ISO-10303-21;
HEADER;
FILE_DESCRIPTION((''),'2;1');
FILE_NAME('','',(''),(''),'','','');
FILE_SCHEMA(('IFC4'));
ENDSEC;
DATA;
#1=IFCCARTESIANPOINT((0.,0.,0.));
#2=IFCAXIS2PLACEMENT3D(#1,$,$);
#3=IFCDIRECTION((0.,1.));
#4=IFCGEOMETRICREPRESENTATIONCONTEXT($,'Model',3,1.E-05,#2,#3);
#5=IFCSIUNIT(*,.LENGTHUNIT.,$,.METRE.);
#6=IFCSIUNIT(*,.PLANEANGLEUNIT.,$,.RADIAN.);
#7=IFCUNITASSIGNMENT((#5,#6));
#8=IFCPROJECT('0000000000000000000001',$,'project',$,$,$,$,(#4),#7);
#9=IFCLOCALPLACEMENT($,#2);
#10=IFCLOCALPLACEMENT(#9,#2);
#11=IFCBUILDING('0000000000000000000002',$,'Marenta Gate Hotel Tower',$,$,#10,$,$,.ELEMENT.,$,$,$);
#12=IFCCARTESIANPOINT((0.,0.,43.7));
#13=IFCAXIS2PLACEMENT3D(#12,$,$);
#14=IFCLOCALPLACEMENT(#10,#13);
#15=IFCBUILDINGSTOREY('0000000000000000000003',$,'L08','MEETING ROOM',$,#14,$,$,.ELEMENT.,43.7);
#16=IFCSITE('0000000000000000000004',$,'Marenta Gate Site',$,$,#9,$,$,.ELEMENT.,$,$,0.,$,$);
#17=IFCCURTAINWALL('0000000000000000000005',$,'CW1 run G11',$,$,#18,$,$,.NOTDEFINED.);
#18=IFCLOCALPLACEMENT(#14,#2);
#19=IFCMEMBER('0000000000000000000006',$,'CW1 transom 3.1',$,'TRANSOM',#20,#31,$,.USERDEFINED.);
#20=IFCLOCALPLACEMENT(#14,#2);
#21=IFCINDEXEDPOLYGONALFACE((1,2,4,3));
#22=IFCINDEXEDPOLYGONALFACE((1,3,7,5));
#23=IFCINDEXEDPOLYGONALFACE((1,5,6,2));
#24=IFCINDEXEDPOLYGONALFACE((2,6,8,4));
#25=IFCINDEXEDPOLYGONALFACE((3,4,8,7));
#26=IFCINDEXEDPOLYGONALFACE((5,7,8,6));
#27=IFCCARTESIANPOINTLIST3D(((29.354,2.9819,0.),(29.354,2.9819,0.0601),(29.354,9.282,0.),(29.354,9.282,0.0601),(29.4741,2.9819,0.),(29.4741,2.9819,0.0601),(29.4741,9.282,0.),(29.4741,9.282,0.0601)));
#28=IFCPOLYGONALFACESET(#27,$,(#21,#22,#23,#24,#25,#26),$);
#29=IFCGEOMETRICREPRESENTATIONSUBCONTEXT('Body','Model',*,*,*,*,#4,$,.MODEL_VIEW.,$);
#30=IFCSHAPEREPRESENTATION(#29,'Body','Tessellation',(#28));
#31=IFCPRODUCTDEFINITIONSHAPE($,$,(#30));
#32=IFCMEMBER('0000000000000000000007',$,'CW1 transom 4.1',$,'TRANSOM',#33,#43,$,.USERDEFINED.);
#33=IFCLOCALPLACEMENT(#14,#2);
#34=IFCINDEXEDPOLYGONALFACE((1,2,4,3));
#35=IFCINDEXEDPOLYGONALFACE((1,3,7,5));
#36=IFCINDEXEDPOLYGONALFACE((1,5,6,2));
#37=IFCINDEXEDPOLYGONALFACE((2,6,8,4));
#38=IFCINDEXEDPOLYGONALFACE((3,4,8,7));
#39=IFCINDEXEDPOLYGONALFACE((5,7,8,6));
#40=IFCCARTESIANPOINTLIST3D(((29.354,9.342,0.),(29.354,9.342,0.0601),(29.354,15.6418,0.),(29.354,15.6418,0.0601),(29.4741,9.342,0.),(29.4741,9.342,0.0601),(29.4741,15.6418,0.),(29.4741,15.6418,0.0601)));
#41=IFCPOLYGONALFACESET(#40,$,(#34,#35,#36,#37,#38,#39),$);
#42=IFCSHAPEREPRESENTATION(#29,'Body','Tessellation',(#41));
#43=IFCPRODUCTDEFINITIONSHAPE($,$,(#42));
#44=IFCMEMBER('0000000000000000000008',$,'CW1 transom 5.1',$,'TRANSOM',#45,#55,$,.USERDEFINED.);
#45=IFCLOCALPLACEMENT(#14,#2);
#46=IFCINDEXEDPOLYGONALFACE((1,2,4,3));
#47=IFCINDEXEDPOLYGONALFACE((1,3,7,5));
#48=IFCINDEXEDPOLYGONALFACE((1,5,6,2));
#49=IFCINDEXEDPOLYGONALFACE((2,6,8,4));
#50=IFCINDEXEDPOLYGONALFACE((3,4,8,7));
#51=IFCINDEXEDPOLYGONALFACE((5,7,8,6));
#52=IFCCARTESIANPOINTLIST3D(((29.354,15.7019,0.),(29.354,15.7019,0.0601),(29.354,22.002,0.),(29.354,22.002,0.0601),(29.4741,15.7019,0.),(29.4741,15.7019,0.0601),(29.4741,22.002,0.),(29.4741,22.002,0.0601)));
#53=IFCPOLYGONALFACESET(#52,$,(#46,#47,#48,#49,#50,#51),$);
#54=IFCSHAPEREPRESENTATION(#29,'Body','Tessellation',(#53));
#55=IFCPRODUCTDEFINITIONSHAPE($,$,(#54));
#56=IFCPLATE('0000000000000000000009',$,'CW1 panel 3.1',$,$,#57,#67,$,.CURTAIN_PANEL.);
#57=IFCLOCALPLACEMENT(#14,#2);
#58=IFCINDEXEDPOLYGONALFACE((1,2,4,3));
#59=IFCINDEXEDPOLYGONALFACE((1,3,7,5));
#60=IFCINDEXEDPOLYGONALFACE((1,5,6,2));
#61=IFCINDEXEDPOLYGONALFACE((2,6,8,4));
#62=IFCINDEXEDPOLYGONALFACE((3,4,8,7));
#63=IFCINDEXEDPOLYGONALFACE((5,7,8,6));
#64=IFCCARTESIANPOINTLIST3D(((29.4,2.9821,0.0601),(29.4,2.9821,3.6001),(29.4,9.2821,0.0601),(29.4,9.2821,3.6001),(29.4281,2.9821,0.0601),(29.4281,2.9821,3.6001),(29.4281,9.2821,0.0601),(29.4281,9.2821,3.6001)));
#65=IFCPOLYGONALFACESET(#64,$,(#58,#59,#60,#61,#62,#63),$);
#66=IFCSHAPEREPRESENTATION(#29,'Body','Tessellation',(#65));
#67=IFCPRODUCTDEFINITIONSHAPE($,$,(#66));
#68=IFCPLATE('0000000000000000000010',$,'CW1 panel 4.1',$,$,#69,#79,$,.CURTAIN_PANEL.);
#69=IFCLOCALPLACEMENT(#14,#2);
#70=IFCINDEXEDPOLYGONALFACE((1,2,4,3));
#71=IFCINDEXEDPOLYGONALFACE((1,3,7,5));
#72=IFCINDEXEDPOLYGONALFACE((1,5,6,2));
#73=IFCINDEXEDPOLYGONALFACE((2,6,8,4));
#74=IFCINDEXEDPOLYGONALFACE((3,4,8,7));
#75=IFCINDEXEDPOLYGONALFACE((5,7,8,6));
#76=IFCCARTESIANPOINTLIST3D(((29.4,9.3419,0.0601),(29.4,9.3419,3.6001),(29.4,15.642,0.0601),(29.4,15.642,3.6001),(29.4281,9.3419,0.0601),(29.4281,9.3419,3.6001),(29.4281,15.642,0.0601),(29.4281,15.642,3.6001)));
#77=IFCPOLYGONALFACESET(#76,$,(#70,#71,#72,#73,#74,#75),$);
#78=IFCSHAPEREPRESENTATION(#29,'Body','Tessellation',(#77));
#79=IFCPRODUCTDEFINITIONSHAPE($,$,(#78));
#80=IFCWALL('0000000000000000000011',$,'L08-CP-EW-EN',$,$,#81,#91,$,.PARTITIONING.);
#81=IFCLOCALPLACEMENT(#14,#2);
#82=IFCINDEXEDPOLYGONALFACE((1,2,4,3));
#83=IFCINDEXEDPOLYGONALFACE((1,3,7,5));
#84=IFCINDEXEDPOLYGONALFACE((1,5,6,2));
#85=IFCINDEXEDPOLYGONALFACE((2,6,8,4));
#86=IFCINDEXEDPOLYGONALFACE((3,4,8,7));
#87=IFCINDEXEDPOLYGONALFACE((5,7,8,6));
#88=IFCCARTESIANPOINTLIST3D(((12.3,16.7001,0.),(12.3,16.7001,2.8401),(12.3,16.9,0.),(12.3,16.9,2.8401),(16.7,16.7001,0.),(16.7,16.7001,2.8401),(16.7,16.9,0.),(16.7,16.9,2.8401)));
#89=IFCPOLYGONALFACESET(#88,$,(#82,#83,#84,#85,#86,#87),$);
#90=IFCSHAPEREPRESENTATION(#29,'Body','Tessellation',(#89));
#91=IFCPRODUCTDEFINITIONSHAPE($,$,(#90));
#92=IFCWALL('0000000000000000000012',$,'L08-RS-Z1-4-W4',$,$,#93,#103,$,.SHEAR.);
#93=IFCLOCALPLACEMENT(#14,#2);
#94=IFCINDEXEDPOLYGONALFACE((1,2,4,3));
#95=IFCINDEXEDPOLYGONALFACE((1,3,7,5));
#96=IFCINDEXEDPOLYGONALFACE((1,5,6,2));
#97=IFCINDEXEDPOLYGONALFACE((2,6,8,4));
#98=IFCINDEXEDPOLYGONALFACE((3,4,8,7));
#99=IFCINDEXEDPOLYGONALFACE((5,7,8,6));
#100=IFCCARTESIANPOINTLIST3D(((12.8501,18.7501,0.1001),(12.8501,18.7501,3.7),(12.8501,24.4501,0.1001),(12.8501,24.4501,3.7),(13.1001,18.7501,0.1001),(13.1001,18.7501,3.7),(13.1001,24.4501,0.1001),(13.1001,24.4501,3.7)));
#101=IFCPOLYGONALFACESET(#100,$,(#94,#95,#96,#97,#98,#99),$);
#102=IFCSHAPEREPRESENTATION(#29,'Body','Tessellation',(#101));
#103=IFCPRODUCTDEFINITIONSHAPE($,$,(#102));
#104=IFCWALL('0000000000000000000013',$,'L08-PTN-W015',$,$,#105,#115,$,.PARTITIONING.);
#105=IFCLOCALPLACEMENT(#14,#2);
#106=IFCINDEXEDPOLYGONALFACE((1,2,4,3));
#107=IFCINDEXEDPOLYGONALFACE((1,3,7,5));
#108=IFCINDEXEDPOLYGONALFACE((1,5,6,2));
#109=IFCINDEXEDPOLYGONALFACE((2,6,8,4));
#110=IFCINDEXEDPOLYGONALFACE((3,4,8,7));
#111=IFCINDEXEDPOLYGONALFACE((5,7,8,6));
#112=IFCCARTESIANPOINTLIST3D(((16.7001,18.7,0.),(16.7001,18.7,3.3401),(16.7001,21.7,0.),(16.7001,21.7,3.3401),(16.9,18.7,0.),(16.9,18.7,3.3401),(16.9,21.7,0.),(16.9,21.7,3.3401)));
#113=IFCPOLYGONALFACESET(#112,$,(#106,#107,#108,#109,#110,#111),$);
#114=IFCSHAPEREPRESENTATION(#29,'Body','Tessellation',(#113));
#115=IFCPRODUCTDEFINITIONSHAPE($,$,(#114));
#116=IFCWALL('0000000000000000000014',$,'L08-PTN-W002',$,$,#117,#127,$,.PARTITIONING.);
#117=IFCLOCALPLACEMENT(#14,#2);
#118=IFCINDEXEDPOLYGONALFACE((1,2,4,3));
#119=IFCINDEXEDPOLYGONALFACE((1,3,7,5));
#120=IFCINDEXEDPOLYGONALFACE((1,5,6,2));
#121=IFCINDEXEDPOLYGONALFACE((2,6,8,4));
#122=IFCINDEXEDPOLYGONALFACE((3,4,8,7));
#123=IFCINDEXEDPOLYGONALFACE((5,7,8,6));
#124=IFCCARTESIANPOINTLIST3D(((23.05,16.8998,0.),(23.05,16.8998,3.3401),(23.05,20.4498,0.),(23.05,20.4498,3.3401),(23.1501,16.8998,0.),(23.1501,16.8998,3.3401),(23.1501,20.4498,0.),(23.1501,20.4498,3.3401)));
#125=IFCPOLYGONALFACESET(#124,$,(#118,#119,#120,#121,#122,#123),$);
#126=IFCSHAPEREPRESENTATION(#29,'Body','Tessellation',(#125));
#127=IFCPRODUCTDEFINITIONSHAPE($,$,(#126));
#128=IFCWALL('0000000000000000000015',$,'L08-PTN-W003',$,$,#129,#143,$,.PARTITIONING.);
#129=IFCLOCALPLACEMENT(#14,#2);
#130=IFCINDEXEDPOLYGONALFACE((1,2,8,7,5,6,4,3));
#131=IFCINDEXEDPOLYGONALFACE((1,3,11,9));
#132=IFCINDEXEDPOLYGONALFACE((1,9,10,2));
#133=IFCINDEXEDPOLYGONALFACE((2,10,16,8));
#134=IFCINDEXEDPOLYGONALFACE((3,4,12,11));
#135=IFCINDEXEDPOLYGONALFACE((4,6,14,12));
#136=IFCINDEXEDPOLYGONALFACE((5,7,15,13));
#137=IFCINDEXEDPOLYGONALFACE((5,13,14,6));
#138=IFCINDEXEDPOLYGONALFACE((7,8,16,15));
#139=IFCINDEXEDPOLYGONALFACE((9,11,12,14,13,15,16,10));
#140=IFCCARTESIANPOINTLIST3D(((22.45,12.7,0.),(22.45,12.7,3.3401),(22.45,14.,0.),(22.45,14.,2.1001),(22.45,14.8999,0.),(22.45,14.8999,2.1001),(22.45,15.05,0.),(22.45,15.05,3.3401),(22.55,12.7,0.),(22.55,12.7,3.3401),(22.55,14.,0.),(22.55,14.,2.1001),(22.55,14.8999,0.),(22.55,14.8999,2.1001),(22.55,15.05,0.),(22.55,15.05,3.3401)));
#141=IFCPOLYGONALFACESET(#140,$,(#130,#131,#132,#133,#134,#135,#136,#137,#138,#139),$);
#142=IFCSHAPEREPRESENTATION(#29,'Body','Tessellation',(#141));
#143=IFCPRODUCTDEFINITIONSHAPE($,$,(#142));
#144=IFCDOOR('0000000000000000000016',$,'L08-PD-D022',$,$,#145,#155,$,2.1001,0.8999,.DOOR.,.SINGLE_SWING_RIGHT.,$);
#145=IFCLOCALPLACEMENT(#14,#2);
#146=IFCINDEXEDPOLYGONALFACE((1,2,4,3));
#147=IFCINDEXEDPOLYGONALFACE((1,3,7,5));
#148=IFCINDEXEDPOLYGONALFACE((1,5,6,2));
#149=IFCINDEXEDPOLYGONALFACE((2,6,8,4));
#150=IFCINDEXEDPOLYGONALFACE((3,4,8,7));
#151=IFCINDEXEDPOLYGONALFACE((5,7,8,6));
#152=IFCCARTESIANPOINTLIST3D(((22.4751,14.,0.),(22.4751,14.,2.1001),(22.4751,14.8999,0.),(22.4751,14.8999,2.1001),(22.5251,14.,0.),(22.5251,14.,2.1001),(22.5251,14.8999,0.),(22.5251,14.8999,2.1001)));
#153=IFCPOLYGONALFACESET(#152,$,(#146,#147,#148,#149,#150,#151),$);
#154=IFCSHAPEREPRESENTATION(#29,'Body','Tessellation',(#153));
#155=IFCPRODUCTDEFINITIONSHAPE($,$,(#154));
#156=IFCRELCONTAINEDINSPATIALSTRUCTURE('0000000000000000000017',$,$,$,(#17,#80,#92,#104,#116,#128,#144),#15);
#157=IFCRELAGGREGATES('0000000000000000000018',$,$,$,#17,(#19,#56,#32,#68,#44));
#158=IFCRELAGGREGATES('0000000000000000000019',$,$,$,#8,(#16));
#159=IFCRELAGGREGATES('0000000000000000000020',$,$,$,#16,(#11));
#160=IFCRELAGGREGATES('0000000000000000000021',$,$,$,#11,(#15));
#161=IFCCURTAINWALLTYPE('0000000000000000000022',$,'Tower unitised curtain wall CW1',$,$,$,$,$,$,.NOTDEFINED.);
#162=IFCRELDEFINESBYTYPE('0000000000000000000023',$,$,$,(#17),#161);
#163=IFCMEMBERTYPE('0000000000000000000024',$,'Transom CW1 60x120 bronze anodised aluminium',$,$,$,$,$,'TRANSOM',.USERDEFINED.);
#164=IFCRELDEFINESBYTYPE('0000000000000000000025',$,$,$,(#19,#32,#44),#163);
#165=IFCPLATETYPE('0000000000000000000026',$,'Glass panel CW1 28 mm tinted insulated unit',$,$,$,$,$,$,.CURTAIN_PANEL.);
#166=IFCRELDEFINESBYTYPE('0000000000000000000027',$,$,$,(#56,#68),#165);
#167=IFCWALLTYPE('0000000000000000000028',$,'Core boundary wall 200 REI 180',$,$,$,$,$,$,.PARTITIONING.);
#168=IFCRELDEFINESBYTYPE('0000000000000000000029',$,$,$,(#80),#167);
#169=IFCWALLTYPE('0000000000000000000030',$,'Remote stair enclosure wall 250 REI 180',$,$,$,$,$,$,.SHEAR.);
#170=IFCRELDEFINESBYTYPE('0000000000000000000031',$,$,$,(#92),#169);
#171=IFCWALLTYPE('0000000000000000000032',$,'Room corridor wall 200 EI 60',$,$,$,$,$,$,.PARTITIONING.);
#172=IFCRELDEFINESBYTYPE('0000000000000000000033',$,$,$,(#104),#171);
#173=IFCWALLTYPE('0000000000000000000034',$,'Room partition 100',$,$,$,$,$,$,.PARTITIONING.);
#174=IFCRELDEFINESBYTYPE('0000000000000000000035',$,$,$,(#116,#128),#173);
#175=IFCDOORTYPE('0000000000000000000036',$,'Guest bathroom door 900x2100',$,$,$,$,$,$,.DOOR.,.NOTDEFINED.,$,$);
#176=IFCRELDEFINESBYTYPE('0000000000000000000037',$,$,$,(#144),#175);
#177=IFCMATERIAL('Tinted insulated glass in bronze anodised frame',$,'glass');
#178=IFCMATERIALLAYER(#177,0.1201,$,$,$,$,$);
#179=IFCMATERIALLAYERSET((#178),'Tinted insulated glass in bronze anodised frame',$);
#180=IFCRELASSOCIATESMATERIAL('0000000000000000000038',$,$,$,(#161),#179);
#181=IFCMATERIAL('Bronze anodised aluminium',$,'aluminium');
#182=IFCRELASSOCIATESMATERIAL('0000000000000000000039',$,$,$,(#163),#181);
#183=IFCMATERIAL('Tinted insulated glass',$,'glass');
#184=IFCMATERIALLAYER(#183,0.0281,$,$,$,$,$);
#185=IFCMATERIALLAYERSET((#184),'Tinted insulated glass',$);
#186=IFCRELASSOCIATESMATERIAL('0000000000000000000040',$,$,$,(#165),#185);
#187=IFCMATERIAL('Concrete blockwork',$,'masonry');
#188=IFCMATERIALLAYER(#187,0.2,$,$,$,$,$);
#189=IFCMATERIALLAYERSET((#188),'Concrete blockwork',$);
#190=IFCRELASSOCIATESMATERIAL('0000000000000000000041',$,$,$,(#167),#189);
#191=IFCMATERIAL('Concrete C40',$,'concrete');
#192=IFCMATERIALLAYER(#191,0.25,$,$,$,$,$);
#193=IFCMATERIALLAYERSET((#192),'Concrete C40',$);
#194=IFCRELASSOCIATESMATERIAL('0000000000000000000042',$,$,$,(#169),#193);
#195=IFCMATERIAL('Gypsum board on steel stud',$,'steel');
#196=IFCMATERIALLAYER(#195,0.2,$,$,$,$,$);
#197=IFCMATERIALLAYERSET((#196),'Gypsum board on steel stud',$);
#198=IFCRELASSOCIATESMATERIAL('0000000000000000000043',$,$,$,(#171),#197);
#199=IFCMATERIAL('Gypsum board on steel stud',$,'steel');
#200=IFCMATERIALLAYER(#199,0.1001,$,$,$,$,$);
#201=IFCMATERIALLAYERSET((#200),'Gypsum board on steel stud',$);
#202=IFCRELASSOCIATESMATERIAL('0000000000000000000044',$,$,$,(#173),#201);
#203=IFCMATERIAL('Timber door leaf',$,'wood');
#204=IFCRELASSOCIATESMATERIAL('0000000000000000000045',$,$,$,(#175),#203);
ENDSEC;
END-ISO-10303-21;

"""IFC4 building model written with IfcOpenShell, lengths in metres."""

from ifc_helpers import new_model, si_unit, direction, frame, frame_2d, origin, origin_2d, place, context, subcontext, project, spatial, rectangle, extrude, material, layer, layer_set, material_profile, profile_set, type_object, element, fill, aggregate, save


model = new_model("IFC4")

# Units and contexts
model_context = context("Model", 3, precision=1e-05, world=origin(), true_north=direction((0.0, 1.0)))
body_context = subcontext(model_context, "Body", "Model", "MODEL_VIEW")
ifc_project = project(units=[si_unit("LENGTHUNIT", "METRE"), si_unit("PLANEANGLEUNIT", "RADIAN")], contexts=[model_context])

# Site, building, storey
site_placement = place(None, origin())
site = spatial("IfcSite", under=ifc_project, at=site_placement, Name="Marenta Gate Site", CompositionType="ELEMENT", RefElevation=0.0)
building_placement = place(site_placement, origin())
building = spatial("IfcBuilding", under=site, at=building_placement, Name="Marenta Gate Hotel Tower", CompositionType="ELEMENT")
storey_placement = place(building_placement, frame((0.0, 0.0, 43.7)))
storey = spatial("IfcBuildingStorey", under=building, at=storey_placement, Name="L08", Description="MEETING ROOM", CompositionType="ELEMENT", Elevation=43.7)

# Curtain wall, members, plates
ifc_material_1 = material(Name="Tinted insulated glass in bronze anodised frame", Category="glass")
ifc_layer_1 = layer(ifc_material_1, 0.1201)
ifc_layer_set_1 = layer_set([ifc_layer_1], Name="Tinted insulated glass in bronze anodised frame")
curtain_wall_type = type_object("IfcCurtainWallType", Name="Tower unitised curtain wall CW1", PredefinedType="NOTDEFINED", material=ifc_layer_set_1)
curtain_wall_placement = place(storey_placement, origin())
curtain_wall = element("IfcCurtainWall", 1, at=curtain_wall_placement, inside=storey, type_object=curtain_wall_type, Name="CW1 run G11", PredefinedType="NOTDEFINED")
ifc_material_2 = material(Name="Bronze anodised aluminium", Category="aluminium")
ifc_material_profile_1 = material_profile(ifc_material_2, rectangle(XDim=0.1201, YDim=0.0601, at=origin_2d()), Name="Transom CW1 60x120 bronze anodised aluminium")
ifc_profile_set_1 = profile_set([ifc_material_profile_1], Name="Bronze anodised aluminium")
member_type_1 = type_object("IfcMemberType", Name="Transom CW1 60x120 bronze anodised aluminium", ElementType="TRANSOM", PredefinedType="USERDEFINED", material=ifc_profile_set_1)
member_1_placement = place(storey_placement, frame((29.4141, 2.9819, 0.03), z_axis=(0.0, 1.0, 0.0), x_axis=(-1.0, 0.0, 0.0)))
member_1 = element("IfcMember", 2, at=member_1_placement, type_object=member_type_1, Name="CW1 transom 3.1", ObjectType="TRANSOM", PredefinedType="USERDEFINED", context=body_context, shape_type="SweptSolid", body=[
    extrude(rectangle(XDim=0.1201, YDim=0.0601, at=origin_2d()), origin(), (0.0, 0.0, 1.0), 6.3),
])
member_2_placement = place(storey_placement, frame((29.4141, 9.342, 0.03), z_axis=(0.0, 1.0, 0.0), x_axis=(-1.0, 0.0, 0.0)))
member_2 = element("IfcMember", 3, at=member_2_placement, type_object=member_type_1, Name="CW1 transom 4.1", ObjectType="TRANSOM", PredefinedType="USERDEFINED", context=body_context, shape_type="SweptSolid", body=[
    extrude(rectangle(XDim=0.1201, YDim=0.0601, at=origin_2d()), origin(), (0.0, 0.0, 1.0), 6.2998),
])
member_3_placement = place(storey_placement, frame((29.4141, 15.7019, 0.03), z_axis=(0.0, 1.0, 0.0), x_axis=(-1.0, 0.0, 0.0)))
member_3 = element("IfcMember", 4, at=member_3_placement, type_object=member_type_1, Name="CW1 transom 5.1", ObjectType="TRANSOM", PredefinedType="USERDEFINED", context=body_context, shape_type="SweptSolid", body=[
    extrude(rectangle(XDim=0.1201, YDim=0.0601, at=origin_2d()), origin(), (0.0, 0.0, 1.0), 6.3),
])
ifc_material_3 = material(Name="Tinted insulated glass", Category="glass")
ifc_layer_2 = layer(ifc_material_3, 0.0281)
ifc_layer_set_2 = layer_set([ifc_layer_2], Name="Tinted insulated glass")
plate_type = type_object("IfcPlateType", Name="Glass panel CW1 28 mm tinted insulated unit", PredefinedType="CURTAIN_PANEL", material=ifc_layer_set_2)
plate_1_placement = place(storey_placement, frame((29.4141, 6.1321, 0.0601), z_axis=(0.0, 0.0, 1.0), x_axis=(0.0, 1.0, 0.0)))
plate_1 = element("IfcPlate", 5, at=plate_1_placement, type_object=plate_type, Name="CW1 panel 3.1", PredefinedType="CURTAIN_PANEL", context=body_context, shape_type="SweptSolid", body=[
    extrude(rectangle(XDim=6.3, YDim=0.0281, at=origin_2d()), origin(), (0.0, 0.0, 1.0), 3.54),
])
plate_2_placement = place(storey_placement, frame((29.4141, 12.4919, 0.0601), z_axis=(0.0, 0.0, 1.0), x_axis=(0.0, 1.0, 0.0)))
plate_2 = element("IfcPlate", 6, at=plate_2_placement, type_object=plate_type, Name="CW1 panel 4.1", PredefinedType="CURTAIN_PANEL", context=body_context, shape_type="SweptSolid", body=[
    extrude(rectangle(XDim=6.3, YDim=0.0281, at=origin_2d()), origin(), (0.0, 0.0, 1.0), 3.54),
])
aggregate(curtain_wall, [member_1, plate_1, member_2, plate_2, member_3])

# Walls
ifc_material_4 = material(Name="Concrete blockwork", Category="masonry")
ifc_layer_3 = layer(ifc_material_4, 0.2)
ifc_layer_set_3 = layer_set([ifc_layer_3], Name="Concrete blockwork")
wall_type_1 = type_object("IfcWallType", Name="Core boundary wall 200 REI 180", PredefinedType="PARTITIONING", material=ifc_layer_set_3)
wall_1_placement = place(storey_placement, frame((12.3, 16.8, 0.0), z_axis=(0.0, 0.0, 1.0), x_axis=(1.0, 0.0, 0.0)))
element("IfcWall", 7, at=wall_1_placement, inside=storey, type_object=wall_type_1, Name="L08-CP-EW-EN", PredefinedType="PARTITIONING", context=body_context, shape_type="SweptSolid", body=[
    extrude(rectangle(XDim=4.3999, YDim=0.2, at=frame_2d((2.2, 0.0))), origin(), (0.0, 0.0, 1.0), 2.8401),
])
ifc_material_5 = material(Name="Concrete C40", Category="concrete")
ifc_layer_4 = layer(ifc_material_5, 0.25)
ifc_layer_set_4 = layer_set([ifc_layer_4], Name="Concrete C40")
wall_type_2 = type_object("IfcWallType", Name="Remote stair enclosure wall 250 REI 180", PredefinedType="SHEAR", material=ifc_layer_set_4)
wall_2_placement = place(storey_placement, frame((12.9751, 18.75, 0.1001), z_axis=(0.0, 0.0, 1.0), x_axis=(0.0, 1.0, 0.0)))
element("IfcWall", 8, at=wall_2_placement, inside=storey, type_object=wall_type_2, Name="L08-RS-Z1-4-W4", PredefinedType="SHEAR", context=body_context, shape_type="SweptSolid", body=[
    extrude(rectangle(XDim=5.7, YDim=0.25, at=frame_2d((2.8501, 0.0))), origin(), (0.0, 0.0, 1.0), 3.5999),
])
ifc_material_6 = material(Name="Gypsum board on steel stud", Category="steel")
ifc_layer_5 = layer(ifc_material_6, 0.2)
ifc_layer_set_5 = layer_set([ifc_layer_5], Name="Gypsum board on steel stud")
wall_type_3 = type_object("IfcWallType", Name="Room corridor wall 200 EI 60", PredefinedType="PARTITIONING", material=ifc_layer_set_5)
wall_3_placement = place(storey_placement, frame((16.8, 18.7, 0.0), z_axis=(0.0, 0.0, 1.0), x_axis=(0.0, 1.0, 0.0)))
element("IfcWall", 9, at=wall_3_placement, inside=storey, type_object=wall_type_3, Name="L08-PTN-W015", PredefinedType="PARTITIONING", context=body_context, shape_type="SweptSolid", body=[
    extrude(rectangle(XDim=3.0, YDim=0.2, at=frame_2d((1.5, 0.0))), origin(), (0.0, 0.0, 1.0), 3.3401),
])

# Wall
ifc_material_7 = material(Name="Gypsum board on steel stud", Category="steel")
ifc_layer_6 = layer(ifc_material_7, 0.1001)
ifc_layer_set_6 = layer_set([ifc_layer_6], Name="Gypsum board on steel stud")
wall_type_4 = type_object("IfcWallType", Name="Room partition 100", PredefinedType="PARTITIONING", material=ifc_layer_set_6)
wall_4_placement = place(storey_placement, frame((23.1001, 16.8999, 0.0), z_axis=(0.0, 0.0, 1.0), x_axis=(0.0, 1.0, 0.0)))
element("IfcWall", 10, at=wall_4_placement, inside=storey, type_object=wall_type_4, Name="L08-PTN-W002", PredefinedType="PARTITIONING", context=body_context, shape_type="SweptSolid", body=[
    extrude(rectangle(XDim=3.55, YDim=0.1001, at=frame_2d((1.7749, 0.0))), origin(), (0.0, 0.0, 1.0), 3.3401),
])

# Wall, opening, door
wall_5_placement = place(storey_placement, frame((22.5, 12.7, 0.0), z_axis=(0.0, 0.0, 1.0), x_axis=(0.0, 1.0, 0.0)))
wall_5 = element("IfcWall", 11, at=wall_5_placement, inside=storey, type_object=wall_type_4, Name="L08-PTN-W003", PredefinedType="PARTITIONING", context=body_context, shape_type="SweptSolid", body=[
    extrude(rectangle(XDim=2.3501, YDim=0.1001, at=frame_2d((1.175, 0.0))), origin(), (0.0, 0.0, 1.0), 3.3401),
])
opening_1_placement = place(wall_5_placement, frame((1.3, 0.0, 0.0)))
opening_1 = element("IfcOpeningElement", 12, at=opening_1_placement, cuts=wall_5, PredefinedType="OPENING", context=body_context, shape_type="SweptSolid", body=[
    extrude(rectangle(XDim=0.8999, YDim=2.1001, at=frame_2d((0.45, 1.05))), frame((0.0, 0.05, 0.0), z_axis=(0.0, -1.0, 0.0), x_axis=(1.0, 0.0, 0.0)), (0.0, 0.0, 1.0), 0.1001),
])
ifc_material_8 = material(Name="Timber door leaf", Category="wood")
door_type_1 = type_object("IfcDoorType", Name="Guest bathroom door 900x2100", OperationType="NOTDEFINED", PredefinedType="DOOR", material=ifc_material_8)
door_1_placement = place(opening_1_placement, origin())
door_1 = element("IfcDoor", 13, at=door_1_placement, inside=storey, type_object=door_type_1, Name="L08-PD-D022", OperationType="SINGLE_SWING_RIGHT", OverallHeight=2.1001, OverallWidth=0.8999, PredefinedType="DOOR", context=body_context, shape_type="SweptSolid", body=[
    extrude(rectangle(XDim=0.8999, YDim=2.1001, at=frame_2d((0.45, 1.05))), frame((0.0, 0.0249, 0.0), z_axis=(0.0, -1.0, 0.0), x_axis=(1.0, 0.0, 0.0)), (0.0, 0.0, 1.0), 0.05),
])
fill(opening_1, door_1)

save(model, "model.ifc")
